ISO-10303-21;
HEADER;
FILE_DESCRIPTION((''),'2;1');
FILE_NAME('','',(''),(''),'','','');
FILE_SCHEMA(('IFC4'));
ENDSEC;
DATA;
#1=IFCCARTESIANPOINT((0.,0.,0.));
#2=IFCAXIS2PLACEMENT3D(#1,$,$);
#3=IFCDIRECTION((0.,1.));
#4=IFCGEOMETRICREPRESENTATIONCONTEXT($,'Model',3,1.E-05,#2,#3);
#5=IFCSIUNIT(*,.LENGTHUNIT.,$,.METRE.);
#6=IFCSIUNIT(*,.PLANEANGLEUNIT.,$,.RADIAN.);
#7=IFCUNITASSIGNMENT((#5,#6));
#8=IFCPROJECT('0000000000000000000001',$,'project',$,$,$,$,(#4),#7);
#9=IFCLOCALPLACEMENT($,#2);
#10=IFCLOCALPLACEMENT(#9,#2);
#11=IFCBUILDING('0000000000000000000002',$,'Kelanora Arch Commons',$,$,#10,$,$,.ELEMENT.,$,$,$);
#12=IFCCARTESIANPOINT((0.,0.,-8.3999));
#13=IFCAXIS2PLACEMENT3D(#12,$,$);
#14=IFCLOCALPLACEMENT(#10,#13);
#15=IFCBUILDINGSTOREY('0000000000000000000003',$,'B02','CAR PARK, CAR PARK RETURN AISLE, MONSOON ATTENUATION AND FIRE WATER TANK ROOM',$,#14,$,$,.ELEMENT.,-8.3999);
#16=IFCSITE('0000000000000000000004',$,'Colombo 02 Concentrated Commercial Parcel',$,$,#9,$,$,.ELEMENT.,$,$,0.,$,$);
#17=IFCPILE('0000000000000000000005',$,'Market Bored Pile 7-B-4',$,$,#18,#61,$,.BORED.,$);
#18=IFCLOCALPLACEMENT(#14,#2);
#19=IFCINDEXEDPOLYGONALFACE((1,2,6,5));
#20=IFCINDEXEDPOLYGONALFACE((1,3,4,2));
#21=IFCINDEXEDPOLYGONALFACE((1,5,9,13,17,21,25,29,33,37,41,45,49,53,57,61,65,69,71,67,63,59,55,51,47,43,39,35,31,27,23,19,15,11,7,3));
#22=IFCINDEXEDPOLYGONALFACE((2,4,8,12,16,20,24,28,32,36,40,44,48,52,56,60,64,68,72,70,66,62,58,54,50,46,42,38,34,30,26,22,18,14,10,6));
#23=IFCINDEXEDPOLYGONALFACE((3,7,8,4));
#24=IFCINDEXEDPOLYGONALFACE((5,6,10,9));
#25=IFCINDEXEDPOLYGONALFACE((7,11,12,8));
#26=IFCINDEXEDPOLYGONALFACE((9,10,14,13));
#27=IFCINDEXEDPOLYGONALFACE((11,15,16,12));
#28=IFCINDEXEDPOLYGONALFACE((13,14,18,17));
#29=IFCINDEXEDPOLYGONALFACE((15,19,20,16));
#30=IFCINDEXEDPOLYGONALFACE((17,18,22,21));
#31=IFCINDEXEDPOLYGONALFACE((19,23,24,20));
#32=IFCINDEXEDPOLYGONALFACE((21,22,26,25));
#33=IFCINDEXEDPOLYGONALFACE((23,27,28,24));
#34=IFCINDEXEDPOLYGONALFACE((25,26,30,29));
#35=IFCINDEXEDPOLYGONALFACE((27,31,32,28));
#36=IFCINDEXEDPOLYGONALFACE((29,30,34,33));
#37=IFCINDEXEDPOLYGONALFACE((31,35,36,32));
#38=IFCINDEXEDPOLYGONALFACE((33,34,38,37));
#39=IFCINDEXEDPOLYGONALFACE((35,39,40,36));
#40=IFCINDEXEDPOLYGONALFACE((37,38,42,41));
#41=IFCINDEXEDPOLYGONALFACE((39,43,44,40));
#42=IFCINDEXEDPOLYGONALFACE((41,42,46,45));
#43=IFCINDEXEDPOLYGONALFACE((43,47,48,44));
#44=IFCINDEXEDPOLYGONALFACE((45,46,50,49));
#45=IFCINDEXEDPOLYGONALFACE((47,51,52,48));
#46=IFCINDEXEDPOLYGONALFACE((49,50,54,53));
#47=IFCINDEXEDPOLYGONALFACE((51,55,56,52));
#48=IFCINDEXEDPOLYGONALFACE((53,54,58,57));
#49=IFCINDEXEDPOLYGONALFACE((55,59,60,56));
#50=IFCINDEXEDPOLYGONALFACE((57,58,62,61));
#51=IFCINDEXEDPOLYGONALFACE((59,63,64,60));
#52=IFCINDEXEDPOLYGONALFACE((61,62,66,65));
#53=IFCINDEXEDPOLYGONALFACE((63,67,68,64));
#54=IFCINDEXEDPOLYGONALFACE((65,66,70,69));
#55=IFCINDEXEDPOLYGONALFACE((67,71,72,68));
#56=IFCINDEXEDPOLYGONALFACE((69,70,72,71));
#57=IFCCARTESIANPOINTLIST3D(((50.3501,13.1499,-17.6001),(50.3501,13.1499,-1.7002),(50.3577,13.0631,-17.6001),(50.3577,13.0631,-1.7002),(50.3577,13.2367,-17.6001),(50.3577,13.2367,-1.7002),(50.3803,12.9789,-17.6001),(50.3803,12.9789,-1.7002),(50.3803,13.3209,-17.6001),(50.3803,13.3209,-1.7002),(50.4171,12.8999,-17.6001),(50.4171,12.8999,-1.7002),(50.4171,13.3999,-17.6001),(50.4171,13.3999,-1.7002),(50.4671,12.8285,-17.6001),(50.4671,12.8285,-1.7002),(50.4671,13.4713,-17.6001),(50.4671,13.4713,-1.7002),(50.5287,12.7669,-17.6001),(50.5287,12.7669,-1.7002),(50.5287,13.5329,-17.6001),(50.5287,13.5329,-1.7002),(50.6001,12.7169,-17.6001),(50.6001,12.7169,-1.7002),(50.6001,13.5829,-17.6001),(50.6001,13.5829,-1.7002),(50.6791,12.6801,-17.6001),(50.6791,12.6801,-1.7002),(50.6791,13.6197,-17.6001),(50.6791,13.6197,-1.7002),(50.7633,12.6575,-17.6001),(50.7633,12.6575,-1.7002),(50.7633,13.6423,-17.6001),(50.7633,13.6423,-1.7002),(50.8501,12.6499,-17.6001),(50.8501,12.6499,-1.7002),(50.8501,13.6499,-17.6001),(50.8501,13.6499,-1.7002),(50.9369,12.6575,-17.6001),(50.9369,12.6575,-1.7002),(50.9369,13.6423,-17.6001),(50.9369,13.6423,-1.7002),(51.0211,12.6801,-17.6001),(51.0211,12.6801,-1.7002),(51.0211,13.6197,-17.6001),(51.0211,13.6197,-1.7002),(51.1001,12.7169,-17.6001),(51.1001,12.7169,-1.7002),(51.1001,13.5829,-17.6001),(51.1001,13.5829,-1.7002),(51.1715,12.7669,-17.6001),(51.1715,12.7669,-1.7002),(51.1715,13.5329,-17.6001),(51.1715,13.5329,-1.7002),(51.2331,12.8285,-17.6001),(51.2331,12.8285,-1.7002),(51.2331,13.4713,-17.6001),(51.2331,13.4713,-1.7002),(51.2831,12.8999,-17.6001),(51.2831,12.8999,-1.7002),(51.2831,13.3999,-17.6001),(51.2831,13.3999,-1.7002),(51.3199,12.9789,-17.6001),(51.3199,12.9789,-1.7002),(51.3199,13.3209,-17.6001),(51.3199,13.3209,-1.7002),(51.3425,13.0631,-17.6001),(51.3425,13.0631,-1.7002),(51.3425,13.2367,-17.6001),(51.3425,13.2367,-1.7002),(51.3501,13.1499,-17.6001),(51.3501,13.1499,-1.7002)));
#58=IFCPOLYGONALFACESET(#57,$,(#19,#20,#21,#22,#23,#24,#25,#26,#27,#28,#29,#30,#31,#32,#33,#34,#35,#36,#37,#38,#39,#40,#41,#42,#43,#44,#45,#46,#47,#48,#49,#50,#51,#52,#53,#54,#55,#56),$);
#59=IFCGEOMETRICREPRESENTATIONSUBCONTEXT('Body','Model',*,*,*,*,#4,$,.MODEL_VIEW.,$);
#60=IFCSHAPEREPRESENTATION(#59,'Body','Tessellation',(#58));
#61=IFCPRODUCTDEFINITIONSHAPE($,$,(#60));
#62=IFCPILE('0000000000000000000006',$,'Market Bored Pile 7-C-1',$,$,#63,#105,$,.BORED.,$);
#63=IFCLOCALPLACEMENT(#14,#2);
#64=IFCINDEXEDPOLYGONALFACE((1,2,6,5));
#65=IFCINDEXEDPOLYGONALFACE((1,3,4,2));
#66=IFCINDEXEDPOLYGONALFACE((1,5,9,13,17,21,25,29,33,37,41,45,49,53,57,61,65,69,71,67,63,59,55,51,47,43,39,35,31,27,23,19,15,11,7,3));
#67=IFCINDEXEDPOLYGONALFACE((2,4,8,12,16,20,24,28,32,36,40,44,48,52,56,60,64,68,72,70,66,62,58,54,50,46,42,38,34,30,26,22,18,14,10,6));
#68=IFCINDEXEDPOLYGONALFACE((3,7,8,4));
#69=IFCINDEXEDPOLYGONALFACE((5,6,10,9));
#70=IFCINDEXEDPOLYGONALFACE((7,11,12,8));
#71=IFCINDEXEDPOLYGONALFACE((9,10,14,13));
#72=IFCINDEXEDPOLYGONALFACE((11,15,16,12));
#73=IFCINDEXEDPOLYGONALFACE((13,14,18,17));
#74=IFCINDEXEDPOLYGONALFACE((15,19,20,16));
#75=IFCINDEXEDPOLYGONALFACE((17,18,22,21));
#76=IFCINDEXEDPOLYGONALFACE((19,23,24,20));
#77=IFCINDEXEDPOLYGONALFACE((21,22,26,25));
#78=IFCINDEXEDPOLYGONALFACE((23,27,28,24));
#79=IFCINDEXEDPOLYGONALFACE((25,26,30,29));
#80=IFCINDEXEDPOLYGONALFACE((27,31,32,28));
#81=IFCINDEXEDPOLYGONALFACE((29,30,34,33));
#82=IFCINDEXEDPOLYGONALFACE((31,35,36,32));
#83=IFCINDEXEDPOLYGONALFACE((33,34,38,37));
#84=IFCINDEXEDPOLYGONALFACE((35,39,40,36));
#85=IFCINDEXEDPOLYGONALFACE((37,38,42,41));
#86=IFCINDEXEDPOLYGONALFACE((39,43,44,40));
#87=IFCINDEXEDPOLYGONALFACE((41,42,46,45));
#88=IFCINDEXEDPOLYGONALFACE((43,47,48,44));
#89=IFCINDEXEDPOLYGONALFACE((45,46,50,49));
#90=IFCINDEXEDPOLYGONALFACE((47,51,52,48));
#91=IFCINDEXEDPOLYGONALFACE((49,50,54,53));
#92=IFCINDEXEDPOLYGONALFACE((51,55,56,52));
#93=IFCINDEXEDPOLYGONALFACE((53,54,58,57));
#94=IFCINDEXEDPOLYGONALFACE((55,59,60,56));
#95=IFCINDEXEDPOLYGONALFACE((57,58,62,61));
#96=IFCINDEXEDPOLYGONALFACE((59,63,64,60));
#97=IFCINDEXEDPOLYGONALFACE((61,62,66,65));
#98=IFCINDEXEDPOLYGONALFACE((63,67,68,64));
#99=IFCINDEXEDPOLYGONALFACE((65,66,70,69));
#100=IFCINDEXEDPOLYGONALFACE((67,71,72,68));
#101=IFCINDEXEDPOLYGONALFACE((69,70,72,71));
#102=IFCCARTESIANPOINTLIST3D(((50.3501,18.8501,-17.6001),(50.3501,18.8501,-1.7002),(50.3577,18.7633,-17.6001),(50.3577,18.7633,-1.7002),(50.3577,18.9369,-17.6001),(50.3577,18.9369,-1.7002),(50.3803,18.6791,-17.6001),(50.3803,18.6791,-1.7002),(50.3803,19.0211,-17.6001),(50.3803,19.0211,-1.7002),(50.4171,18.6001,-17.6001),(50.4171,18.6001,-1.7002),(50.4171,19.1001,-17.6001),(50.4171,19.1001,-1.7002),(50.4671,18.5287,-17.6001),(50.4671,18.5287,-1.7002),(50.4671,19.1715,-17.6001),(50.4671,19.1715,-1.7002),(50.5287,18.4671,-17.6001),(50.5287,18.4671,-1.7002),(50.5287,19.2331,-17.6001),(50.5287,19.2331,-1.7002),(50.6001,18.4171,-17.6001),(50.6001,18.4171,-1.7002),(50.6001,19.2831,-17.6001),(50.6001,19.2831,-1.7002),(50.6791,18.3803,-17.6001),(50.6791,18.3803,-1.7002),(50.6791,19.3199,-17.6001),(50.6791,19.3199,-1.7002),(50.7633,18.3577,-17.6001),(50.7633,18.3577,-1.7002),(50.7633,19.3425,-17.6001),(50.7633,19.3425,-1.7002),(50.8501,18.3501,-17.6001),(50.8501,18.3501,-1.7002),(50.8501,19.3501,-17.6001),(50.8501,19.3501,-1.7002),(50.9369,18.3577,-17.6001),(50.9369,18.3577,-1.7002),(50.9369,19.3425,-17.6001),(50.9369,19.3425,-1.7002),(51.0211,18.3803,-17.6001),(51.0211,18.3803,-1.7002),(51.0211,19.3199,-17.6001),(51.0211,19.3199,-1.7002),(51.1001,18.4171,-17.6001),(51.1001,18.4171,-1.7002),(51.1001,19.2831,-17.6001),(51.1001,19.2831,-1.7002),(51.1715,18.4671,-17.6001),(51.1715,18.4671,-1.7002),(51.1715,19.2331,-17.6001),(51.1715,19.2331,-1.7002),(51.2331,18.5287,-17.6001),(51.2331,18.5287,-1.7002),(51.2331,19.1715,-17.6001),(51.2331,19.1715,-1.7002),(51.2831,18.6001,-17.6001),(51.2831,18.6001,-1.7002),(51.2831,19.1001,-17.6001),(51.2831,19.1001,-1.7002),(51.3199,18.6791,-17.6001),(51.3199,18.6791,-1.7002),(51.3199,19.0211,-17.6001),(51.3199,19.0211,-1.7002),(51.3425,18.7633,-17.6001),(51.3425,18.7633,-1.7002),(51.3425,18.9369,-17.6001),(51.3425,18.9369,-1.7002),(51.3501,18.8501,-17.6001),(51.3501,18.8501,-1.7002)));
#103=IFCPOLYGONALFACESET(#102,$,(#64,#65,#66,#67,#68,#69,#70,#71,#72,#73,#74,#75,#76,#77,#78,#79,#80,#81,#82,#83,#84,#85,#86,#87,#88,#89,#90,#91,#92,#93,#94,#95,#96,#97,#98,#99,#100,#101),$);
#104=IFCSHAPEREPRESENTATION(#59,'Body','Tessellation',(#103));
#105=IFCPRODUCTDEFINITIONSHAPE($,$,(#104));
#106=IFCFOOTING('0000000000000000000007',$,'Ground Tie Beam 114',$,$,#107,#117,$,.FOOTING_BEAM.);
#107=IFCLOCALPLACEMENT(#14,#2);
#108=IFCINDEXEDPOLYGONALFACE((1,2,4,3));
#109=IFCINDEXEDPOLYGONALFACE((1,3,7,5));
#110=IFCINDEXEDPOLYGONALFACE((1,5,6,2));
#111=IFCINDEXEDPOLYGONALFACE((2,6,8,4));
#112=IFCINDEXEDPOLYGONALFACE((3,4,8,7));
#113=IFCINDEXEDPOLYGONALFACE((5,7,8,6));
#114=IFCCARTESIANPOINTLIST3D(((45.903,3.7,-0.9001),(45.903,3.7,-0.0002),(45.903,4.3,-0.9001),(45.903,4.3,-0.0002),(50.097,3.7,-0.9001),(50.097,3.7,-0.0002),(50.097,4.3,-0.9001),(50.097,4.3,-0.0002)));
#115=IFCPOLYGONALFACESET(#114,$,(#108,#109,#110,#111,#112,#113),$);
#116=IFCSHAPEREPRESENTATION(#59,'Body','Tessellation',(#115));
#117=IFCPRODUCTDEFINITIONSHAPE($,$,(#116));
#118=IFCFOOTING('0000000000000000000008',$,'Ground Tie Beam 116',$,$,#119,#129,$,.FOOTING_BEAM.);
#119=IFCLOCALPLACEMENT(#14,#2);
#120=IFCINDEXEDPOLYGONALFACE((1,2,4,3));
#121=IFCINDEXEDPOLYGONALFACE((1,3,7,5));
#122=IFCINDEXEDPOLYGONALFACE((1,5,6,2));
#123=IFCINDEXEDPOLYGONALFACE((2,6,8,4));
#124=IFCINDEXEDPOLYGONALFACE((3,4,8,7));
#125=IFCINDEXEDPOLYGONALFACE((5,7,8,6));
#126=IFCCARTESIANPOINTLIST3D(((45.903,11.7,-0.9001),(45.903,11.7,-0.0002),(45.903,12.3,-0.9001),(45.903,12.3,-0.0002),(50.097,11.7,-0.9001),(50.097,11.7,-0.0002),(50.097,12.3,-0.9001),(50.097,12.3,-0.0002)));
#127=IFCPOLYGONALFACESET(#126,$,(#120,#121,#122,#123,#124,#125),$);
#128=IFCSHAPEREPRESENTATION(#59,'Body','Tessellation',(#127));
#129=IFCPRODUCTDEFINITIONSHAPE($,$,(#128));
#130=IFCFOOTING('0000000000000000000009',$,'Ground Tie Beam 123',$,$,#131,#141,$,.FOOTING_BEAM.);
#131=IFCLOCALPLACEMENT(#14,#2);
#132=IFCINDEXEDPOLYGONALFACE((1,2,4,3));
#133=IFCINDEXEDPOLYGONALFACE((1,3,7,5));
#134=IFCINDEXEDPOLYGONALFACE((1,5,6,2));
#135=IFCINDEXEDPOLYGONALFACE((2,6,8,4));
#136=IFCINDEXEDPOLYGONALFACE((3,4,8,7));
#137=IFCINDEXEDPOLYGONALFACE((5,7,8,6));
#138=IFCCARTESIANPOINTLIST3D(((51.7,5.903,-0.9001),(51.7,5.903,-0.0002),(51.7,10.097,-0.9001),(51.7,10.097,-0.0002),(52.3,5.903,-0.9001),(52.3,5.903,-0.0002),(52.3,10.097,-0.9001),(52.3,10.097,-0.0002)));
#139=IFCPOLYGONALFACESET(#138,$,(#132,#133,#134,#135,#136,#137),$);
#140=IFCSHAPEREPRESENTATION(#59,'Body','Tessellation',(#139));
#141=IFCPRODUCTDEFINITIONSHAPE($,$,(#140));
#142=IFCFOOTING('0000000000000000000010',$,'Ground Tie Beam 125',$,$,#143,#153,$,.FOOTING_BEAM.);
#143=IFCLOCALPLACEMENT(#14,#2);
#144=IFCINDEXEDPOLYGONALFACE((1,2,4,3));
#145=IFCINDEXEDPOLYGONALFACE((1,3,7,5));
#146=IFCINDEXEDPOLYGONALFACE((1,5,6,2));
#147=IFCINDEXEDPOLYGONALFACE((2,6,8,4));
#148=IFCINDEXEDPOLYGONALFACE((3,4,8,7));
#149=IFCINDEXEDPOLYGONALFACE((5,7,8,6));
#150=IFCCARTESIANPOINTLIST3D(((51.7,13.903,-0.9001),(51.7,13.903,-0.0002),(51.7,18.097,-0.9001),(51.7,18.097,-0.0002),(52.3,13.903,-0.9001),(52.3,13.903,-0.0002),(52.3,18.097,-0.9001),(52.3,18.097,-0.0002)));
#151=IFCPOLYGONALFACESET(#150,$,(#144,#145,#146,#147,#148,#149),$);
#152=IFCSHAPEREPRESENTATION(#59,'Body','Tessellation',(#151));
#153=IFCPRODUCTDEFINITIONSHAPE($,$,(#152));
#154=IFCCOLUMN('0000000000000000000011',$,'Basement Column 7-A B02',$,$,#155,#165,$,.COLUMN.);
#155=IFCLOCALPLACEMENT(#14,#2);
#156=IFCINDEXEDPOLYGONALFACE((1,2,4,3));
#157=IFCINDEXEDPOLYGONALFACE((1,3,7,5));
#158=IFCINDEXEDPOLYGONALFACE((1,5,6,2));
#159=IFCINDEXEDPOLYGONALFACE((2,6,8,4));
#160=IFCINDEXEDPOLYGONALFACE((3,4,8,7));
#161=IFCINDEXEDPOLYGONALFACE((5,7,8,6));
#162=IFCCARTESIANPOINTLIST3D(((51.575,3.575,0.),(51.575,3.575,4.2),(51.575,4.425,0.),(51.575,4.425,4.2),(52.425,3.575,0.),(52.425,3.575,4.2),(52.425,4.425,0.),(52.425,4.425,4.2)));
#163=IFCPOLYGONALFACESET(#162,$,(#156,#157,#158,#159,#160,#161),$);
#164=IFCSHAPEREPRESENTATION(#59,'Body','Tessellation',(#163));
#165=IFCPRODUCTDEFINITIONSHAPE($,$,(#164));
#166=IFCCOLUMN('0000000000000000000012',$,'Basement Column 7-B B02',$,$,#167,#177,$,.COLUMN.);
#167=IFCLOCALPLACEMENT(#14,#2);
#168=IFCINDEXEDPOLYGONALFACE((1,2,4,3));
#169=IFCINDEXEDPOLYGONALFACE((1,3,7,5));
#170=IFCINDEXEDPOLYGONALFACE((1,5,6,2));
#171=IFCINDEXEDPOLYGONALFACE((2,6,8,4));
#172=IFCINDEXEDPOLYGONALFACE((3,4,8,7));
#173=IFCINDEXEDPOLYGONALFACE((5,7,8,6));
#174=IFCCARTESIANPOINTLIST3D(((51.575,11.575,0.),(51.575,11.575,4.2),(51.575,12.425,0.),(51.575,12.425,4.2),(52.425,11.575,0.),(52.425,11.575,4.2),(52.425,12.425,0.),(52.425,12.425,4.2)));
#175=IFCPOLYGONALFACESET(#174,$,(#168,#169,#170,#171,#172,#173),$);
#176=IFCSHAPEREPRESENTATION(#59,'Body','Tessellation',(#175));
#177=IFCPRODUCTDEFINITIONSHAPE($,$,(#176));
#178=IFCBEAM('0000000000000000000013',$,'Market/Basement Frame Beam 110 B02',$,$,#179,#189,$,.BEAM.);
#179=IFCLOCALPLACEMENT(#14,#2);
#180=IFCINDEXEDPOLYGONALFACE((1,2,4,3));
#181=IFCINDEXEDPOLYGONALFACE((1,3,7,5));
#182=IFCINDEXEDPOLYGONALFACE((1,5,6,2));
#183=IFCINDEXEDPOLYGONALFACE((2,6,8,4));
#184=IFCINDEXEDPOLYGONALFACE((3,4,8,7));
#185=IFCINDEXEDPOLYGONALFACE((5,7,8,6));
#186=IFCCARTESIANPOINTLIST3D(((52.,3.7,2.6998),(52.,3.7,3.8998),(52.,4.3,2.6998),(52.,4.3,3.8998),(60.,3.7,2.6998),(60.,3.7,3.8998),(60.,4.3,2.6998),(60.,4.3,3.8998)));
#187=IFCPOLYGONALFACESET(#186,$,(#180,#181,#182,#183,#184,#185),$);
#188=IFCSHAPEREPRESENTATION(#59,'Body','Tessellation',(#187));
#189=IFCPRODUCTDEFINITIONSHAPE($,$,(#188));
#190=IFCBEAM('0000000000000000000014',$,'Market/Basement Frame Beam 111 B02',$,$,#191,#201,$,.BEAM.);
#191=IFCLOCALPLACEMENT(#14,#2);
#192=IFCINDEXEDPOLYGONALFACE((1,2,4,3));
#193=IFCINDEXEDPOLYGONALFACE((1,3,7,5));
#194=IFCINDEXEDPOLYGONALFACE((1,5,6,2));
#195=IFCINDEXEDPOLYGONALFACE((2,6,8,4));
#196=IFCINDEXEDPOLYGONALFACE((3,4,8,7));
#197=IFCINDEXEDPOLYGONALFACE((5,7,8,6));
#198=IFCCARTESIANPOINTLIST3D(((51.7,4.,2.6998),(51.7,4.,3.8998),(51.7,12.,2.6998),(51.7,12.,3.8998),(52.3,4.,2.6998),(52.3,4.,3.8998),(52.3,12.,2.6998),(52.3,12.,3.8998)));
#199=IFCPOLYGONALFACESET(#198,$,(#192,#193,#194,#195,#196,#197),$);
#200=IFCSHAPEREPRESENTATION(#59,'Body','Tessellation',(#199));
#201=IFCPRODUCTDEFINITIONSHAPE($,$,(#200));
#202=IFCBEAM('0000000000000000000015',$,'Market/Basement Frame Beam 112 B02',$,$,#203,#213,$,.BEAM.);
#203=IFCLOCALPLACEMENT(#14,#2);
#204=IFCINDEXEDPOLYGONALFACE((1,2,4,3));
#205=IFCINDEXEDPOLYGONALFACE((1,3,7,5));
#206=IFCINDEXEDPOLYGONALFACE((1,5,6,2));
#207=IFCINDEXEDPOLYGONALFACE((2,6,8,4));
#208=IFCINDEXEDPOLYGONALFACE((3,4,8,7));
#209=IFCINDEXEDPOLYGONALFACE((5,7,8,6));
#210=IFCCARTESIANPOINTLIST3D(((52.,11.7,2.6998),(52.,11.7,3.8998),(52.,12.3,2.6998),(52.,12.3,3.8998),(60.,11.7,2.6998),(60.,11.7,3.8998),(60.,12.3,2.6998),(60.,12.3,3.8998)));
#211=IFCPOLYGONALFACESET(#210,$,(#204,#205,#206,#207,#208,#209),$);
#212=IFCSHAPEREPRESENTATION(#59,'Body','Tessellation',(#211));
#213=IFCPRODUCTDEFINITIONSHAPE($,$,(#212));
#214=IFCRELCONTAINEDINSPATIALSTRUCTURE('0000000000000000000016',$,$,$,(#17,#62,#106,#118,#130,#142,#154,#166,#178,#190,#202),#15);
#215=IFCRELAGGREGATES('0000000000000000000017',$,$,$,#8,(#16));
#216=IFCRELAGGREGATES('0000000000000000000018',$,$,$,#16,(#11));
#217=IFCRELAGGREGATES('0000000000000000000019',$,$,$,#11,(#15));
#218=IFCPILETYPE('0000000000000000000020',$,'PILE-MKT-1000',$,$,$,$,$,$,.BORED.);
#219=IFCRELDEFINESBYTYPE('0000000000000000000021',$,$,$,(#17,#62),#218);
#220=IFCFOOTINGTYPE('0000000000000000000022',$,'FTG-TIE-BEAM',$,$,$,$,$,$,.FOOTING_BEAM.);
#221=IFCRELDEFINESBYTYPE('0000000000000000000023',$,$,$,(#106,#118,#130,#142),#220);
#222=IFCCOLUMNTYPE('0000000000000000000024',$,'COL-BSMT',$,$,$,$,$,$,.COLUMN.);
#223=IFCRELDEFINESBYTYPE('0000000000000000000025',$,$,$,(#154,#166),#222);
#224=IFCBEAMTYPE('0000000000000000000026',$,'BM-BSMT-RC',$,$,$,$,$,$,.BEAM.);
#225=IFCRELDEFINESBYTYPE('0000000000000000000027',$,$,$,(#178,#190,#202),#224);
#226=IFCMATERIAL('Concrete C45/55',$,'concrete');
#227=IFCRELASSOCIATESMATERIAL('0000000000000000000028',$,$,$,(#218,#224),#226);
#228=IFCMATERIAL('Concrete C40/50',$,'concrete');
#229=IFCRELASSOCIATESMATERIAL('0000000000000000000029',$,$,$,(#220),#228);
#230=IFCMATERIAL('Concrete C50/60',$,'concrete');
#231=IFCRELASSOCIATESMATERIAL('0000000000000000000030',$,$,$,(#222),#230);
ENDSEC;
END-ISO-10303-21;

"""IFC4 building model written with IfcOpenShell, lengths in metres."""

from ifc_helpers import new_model, si_unit, direction, frame, origin, origin_2d, place, context, subcontext, project, spatial, rectangle, circle, extrude, source, transform, mapped, material, material_profile, profile_set, type_object, element, save


model = new_model("IFC4")

# Units and contexts
model_context = context("Model", 3, precision=1e-05, world=origin(), true_north=direction((0.0, 1.0)))
body_context = subcontext(model_context, "Body", "Model", "MODEL_VIEW")
ifc_project = project(units=[si_unit("LENGTHUNIT", "METRE"), si_unit("PLANEANGLEUNIT", "RADIAN")], contexts=[model_context])

# Site, building, storey
site_placement = place(None, origin())
site = spatial("IfcSite", under=ifc_project, at=site_placement, Name="Colombo 02 Concentrated Commercial Parcel", CompositionType="ELEMENT", RefElevation=0.0)
building_placement = place(site_placement, origin())
building = spatial("IfcBuilding", under=site, at=building_placement, Name="Kelanora Arch Commons", CompositionType="ELEMENT")
storey_placement = place(building_placement, frame((0.0, 0.0, -8.3999)))
storey = spatial("IfcBuildingStorey", under=building, at=storey_placement, Name="B02", Description="CAR PARK, CAR PARK RETURN AISLE, MONSOON ATTENUATION AND FIRE WATER TANK ROOM", CompositionType="ELEMENT", Elevation=-8.3999)

# Shared definitions
ifc_material_1 = material(Name="Concrete C40/50", Category="concrete")

# Piles
ifc_material_2 = material(Name="Concrete C45/55", Category="concrete")
ifc_material_profile_1 = material_profile(ifc_material_2, circle(Radius=0.5, at=origin_2d()), Name="PILE1000")
ifc_profile_set_1 = profile_set([ifc_material_profile_1], Name="Concrete C45/55")
pile_type = type_object("IfcPileType", Name="PILE-MKT-1000", PredefinedType="BORED", material=ifc_profile_set_1)
shared_shape_1 = source(origin(), body_context, "Body", "SweptSolid", [
    extrude(circle(Radius=0.5, at=origin_2d()), origin(), (0.0, 0.0, 1.0), 15.8999),
])
for number, where, z_axis, x_axis, name in (
    (1, (50.8501, 13.1499, -1.7002), (0.0, 0.0, -1.0), (1.0, 0.0, 0.0), "Market Bored Pile 7-B-4"),
    (2, (50.8501, 18.8501, -1.7002), (0.0, 0.0, -1.0), (1.0, 0.0, 0.0), "Market Bored Pile 7-C-1"),
):
    element("IfcPile", number, at=place(storey_placement, frame(where, z_axis=z_axis, x_axis=x_axis)), inside=storey, type_object=pile_type, Name=name, PredefinedType="BORED", context=body_context, shape_type="MappedRepresentation", body=[
        mapped(shared_shape_1, transform((0.0, 0.0, 0.0), scale=1.0)),
    ])

# Footings
footing_type_1 = type_object("IfcFootingType", Name="FTG-TIE-BEAM", PredefinedType="FOOTING_BEAM", material=ifc_material_1)
shared_shape_2 = source(origin(), body_context, "Body", "SweptSolid", [
    extrude(rectangle(XDim=4.1941, YDim=0.6001, at=origin_2d()), origin(), (0.0, 0.0, 1.0), 0.8999),
])
for number, where, z_axis, x_axis, name in (
    (3, (48.0, 4.0, -0.9001), (0.0, 0.0, 1.0), (1.0, 0.0, 0.0), "Ground Tie Beam 114"),
    (4, (48.0, 12.0, -0.9001), (0.0, 0.0, 1.0), (1.0, 0.0, 0.0), "Ground Tie Beam 116"),
    (5, (52.0, 8.0, -0.9001), (0.0, 0.0, 1.0), (0.0, 1.0, 0.0), "Ground Tie Beam 123"),
    (6, (52.0, 16.0, -0.9001), (0.0, 0.0, 1.0), (0.0, 1.0, 0.0), "Ground Tie Beam 125"),
):
    element("IfcFooting", number, at=place(storey_placement, frame(where, z_axis=z_axis, x_axis=x_axis)), inside=storey, type_object=footing_type_1, Name=name, PredefinedType="FOOTING_BEAM", context=body_context, shape_type="MappedRepresentation", body=[
        mapped(shared_shape_2, transform((0.0, 0.0, 0.0), scale=1.0)),
    ])

# Columns
ifc_material_3 = material(Name="Concrete C50/60", Category="concrete")
ifc_material_profile_2 = material_profile(ifc_material_3, rectangle(XDim=0.8501, YDim=0.8501, at=origin_2d()), Name="RC850x850")
ifc_profile_set_2 = profile_set([ifc_material_profile_2], Name="Concrete C50/60")
column_type = type_object("IfcColumnType", Name="COL-BSMT", PredefinedType="COLUMN", material=ifc_profile_set_2)
for number, where, z_axis, x_axis, name in (
    (7, (52.0, 4.0, 0.0), (0.0, 0.0, 1.0), (1.0, 0.0, 0.0), "Basement Column 7-A B02"),
    (8, (52.0, 12.0, 0.0), (0.0, 0.0, 1.0), (1.0, 0.0, 0.0), "Basement Column 7-B B02"),
):
    element("IfcColumn", number, at=place(storey_placement, frame(where, z_axis=z_axis, x_axis=x_axis)), inside=storey, type_object=column_type, Name=name, PredefinedType="COLUMN", context=body_context, shape_type="SweptSolid", body=[
        extrude(rectangle(XDim=0.8501, YDim=0.8501, at=origin_2d()), origin(), (0.0, 0.0, 1.0), 4.2),
    ])

# Beams
ifc_material_profile_3 = material_profile(ifc_material_2, rectangle(XDim=0.6001, YDim=1.2, at=origin_2d()), Name="RCB600x1200")
ifc_profile_set_3 = profile_set([ifc_material_profile_3], Name="Concrete C45/55")
beam_type = type_object("IfcBeamType", Name="BM-BSMT-RC", PredefinedType="BEAM", material=ifc_profile_set_3)
for number, where, z_axis, x_axis, name in (
    (9, (52.0, 4.0, 3.2998), (1.0, 0.0, 0.0), (0.0, 1.0, 0.0), "Market/Basement Frame Beam 110 B02"),
    (10, (52.0, 4.0, 3.2998), (0.0, 1.0, 0.0), (-1.0, 0.0, 0.0), "Market/Basement Frame Beam 111 B02"),
    (11, (52.0, 12.0, 3.2998), (1.0, 0.0, 0.0), (0.0, 1.0, 0.0), "Market/Basement Frame Beam 112 B02"),
):
    element("IfcBeam", number, at=place(storey_placement, frame(where, z_axis=z_axis, x_axis=x_axis)), inside=storey, type_object=beam_type, Name=name, PredefinedType="BEAM", context=body_context, shape_type="SweptSolid", body=[
        extrude(rectangle(XDim=0.6001, YDim=1.2, at=origin_2d()), origin(), (0.0, 0.0, 1.0), 8.0),
    ])

save(model, "model.ifc")
